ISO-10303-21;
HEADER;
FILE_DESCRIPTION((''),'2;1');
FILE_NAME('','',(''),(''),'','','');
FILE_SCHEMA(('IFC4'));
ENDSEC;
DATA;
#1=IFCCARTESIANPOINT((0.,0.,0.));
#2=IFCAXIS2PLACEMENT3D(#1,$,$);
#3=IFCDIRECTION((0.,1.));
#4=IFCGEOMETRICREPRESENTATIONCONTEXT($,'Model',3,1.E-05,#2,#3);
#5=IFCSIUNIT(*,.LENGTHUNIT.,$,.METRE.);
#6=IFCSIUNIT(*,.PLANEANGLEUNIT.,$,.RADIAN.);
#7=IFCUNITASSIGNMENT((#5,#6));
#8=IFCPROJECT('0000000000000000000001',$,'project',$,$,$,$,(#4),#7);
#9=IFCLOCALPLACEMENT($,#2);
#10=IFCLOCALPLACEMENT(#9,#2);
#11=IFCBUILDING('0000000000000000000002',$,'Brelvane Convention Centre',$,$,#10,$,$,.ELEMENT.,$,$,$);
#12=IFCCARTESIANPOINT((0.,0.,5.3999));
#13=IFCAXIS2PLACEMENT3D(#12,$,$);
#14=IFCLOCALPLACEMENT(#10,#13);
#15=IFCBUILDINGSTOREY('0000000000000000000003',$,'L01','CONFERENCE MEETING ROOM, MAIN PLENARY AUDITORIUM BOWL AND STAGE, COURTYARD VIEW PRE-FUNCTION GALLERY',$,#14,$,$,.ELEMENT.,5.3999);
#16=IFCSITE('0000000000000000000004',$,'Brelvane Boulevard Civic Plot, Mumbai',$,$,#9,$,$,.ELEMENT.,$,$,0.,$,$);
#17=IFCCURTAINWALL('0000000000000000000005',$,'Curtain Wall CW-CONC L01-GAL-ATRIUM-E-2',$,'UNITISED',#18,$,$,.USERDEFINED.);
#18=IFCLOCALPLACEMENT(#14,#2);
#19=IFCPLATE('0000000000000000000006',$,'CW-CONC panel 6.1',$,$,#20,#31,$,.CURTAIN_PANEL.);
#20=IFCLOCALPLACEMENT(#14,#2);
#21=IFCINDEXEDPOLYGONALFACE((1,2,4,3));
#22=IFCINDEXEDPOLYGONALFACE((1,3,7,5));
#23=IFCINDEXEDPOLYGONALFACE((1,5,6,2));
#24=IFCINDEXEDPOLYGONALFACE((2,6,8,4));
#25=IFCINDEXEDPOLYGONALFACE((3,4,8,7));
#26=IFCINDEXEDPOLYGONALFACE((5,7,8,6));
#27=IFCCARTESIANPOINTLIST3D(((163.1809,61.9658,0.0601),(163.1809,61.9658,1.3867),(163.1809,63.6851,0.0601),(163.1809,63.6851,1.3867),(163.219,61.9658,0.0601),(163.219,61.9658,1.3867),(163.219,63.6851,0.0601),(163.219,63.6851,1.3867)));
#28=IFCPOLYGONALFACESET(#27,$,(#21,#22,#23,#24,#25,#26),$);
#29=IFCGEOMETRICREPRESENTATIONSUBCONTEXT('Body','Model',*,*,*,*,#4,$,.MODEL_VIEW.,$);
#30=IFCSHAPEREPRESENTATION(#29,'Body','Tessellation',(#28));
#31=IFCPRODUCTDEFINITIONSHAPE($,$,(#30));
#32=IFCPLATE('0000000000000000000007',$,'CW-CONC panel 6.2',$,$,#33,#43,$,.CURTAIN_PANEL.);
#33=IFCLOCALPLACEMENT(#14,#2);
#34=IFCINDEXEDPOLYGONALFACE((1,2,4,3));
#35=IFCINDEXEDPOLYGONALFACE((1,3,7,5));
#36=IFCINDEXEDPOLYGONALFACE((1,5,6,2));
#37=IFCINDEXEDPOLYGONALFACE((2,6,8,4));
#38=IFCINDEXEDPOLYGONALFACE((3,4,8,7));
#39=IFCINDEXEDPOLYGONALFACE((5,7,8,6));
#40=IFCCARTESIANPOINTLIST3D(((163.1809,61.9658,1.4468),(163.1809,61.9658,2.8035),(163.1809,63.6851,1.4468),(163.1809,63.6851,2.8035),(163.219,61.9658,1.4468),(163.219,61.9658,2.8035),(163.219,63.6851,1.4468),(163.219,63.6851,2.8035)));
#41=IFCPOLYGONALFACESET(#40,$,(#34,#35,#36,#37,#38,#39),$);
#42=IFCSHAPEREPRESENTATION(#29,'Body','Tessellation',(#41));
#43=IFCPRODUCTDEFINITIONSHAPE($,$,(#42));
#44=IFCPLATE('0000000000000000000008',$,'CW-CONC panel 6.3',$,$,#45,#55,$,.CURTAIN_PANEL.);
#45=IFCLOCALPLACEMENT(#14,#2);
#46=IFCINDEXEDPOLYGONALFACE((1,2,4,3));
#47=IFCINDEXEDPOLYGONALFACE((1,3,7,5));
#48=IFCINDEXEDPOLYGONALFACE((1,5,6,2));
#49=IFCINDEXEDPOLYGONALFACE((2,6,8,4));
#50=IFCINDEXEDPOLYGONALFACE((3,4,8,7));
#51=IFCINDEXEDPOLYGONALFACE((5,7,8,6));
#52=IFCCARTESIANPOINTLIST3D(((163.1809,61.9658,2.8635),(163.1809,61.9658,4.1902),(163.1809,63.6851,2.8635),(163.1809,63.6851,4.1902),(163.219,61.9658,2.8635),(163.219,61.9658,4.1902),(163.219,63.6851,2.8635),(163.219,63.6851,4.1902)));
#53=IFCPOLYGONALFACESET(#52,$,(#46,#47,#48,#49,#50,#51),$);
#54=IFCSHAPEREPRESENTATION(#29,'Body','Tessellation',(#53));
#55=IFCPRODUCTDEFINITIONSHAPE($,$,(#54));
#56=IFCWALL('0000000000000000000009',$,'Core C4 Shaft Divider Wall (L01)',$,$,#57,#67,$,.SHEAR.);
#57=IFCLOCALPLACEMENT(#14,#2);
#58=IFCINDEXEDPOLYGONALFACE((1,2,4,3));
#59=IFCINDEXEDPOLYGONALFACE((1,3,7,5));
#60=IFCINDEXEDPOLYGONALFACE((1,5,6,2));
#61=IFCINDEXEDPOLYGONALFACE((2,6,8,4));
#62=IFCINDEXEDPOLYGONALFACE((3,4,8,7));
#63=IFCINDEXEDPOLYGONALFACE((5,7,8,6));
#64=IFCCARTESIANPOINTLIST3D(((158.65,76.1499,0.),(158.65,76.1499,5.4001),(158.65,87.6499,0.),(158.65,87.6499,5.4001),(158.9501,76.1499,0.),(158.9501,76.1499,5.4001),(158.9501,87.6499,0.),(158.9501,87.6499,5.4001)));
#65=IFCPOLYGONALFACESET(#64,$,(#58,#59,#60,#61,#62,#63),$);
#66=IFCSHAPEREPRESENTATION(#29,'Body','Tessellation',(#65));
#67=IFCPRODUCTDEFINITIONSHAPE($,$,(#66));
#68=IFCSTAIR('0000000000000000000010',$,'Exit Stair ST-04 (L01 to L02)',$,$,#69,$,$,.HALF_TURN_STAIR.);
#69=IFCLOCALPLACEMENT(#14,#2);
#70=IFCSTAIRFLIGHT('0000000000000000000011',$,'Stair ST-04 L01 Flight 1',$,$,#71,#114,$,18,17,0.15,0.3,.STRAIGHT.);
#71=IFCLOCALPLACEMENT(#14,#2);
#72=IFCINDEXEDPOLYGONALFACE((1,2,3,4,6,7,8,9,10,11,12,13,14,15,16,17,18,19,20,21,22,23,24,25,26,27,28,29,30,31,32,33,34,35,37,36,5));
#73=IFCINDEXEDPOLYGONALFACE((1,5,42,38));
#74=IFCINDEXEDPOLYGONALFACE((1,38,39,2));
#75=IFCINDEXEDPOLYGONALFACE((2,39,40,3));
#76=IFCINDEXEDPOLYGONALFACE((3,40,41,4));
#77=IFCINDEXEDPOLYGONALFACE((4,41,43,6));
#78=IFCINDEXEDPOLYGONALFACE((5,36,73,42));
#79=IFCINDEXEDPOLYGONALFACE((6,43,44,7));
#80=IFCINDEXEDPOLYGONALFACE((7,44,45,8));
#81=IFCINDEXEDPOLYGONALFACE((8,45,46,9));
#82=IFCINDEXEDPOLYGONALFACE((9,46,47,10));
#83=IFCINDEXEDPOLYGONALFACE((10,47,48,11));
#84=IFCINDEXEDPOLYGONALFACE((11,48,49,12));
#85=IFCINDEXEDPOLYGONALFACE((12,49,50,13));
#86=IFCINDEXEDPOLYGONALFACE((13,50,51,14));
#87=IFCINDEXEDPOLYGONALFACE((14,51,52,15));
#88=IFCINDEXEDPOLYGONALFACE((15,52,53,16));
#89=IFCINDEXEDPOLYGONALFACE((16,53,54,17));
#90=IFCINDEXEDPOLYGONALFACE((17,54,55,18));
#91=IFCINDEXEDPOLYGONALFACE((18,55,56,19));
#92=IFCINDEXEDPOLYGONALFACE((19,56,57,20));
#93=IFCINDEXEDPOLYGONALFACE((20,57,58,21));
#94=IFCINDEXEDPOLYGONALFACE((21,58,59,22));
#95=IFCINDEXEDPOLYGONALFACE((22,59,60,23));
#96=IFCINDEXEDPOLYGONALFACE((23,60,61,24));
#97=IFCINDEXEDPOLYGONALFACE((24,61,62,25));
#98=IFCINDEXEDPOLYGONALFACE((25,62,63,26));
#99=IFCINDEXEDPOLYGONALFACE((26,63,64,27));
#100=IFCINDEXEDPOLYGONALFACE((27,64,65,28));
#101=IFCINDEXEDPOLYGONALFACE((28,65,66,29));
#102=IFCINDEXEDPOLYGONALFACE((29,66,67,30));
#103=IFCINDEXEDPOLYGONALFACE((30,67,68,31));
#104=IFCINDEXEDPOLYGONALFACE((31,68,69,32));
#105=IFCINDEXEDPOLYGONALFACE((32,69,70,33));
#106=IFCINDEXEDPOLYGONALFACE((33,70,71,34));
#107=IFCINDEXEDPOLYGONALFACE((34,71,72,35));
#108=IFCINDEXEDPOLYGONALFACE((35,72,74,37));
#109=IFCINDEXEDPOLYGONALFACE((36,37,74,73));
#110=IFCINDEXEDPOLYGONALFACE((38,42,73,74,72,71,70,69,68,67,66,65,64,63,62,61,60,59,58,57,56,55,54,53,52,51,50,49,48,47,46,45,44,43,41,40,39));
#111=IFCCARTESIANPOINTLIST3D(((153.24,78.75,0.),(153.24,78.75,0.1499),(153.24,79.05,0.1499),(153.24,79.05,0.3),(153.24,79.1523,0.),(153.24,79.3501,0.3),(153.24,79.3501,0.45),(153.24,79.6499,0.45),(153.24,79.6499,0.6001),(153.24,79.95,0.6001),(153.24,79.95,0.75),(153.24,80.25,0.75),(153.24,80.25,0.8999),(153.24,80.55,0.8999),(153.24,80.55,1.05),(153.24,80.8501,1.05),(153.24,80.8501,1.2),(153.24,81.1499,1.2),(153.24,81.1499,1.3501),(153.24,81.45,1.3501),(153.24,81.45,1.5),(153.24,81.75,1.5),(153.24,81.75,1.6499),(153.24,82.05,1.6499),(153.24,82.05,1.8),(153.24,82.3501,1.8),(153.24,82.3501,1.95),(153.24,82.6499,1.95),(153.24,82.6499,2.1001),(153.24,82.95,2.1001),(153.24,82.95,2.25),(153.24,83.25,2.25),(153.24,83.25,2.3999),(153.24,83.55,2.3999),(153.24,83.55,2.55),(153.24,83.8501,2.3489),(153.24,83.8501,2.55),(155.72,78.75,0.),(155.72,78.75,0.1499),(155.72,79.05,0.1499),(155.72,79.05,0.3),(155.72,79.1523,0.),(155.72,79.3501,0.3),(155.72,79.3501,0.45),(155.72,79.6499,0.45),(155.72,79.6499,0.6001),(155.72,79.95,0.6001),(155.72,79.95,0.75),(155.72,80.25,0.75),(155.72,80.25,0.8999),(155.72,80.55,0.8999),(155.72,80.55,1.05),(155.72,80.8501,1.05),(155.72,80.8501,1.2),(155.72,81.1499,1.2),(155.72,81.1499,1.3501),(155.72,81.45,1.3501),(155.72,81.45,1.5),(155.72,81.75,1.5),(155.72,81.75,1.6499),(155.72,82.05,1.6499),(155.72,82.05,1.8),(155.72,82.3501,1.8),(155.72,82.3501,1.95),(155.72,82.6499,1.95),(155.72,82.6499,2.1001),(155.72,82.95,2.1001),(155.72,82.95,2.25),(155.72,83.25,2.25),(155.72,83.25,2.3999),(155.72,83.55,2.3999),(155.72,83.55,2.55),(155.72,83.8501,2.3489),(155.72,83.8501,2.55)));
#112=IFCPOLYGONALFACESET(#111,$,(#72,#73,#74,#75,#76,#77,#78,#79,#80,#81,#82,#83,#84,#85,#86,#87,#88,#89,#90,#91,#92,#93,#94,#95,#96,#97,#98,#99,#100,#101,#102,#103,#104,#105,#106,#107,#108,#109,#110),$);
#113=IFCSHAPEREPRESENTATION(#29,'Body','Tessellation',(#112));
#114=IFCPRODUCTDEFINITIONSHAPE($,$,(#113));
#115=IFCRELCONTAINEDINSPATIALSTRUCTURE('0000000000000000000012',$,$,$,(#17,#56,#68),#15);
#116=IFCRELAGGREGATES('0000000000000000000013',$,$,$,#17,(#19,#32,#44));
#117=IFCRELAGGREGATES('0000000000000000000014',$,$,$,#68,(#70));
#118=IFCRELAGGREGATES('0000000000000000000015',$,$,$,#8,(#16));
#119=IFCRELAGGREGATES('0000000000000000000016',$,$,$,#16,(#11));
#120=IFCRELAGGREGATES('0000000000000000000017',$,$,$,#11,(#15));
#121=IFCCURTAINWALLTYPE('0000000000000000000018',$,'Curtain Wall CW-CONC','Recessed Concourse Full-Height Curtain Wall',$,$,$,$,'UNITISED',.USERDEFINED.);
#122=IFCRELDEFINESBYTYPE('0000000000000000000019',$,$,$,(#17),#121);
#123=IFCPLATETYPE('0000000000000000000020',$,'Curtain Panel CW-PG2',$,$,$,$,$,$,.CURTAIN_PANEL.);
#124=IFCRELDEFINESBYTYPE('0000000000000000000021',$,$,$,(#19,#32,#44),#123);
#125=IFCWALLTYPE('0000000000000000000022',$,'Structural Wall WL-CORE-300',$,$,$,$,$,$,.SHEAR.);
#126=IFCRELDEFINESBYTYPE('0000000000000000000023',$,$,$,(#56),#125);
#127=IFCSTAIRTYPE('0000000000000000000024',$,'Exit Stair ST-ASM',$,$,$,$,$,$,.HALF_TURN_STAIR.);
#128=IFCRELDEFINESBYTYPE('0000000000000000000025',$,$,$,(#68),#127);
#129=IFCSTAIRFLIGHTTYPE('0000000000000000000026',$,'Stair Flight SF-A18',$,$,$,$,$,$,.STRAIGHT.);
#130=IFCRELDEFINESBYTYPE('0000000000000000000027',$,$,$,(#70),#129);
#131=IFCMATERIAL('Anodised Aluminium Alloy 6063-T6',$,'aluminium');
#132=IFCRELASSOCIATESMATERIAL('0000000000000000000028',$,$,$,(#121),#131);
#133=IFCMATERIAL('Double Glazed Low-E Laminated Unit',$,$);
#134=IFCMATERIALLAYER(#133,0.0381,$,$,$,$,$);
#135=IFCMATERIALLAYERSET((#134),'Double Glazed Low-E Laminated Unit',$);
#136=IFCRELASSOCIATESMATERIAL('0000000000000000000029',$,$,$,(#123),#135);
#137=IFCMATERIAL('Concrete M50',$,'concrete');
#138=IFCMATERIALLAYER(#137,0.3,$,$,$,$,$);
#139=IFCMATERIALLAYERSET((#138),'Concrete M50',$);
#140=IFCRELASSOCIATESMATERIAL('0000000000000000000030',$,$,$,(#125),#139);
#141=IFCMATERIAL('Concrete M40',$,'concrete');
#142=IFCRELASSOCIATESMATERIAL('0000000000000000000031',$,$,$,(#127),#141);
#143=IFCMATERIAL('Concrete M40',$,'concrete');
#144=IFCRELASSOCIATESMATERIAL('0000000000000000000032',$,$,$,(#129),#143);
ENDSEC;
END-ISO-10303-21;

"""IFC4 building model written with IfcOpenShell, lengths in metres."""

from ifc_helpers import new_model, si_unit, direction, frame, frame_2d, origin, origin_2d, place, context, subcontext, project, spatial, polyline, rectangle, outline, extrude, material, layer, layer_set, type_object, element, aggregate, save


model = new_model("IFC4")

# Units and contexts
model_context = context("Model", 3, precision=1e-05, world=origin(), true_north=direction((0.0, 1.0)))
body_context = subcontext(model_context, "Body", "Model", "MODEL_VIEW")
ifc_project = project(units=[si_unit("LENGTHUNIT", "METRE"), si_unit("PLANEANGLEUNIT", "RADIAN")], contexts=[model_context])

# Site, building, storey
site_placement = place(None, origin())
site = spatial("IfcSite", under=ifc_project, at=site_placement, Name="Brelvane Boulevard Civic Plot, Mumbai", CompositionType="ELEMENT", RefElevation=0.0)
building_placement = place(site_placement, origin())
building = spatial("IfcBuilding", under=site, at=building_placement, Name="Brelvane Convention Centre", CompositionType="ELEMENT")
storey_placement = place(building_placement, frame((0.0, 0.0, 5.3999)))
storey = spatial("IfcBuildingStorey", under=building, at=storey_placement, Name="L01", Description="CONFERENCE MEETING ROOM, MAIN PLENARY AUDITORIUM BOWL AND STAGE, COURTYARD VIEW PRE-FUNCTION GALLERY", CompositionType="ELEMENT", Elevation=5.3999)

# Curtain wall
ifc_material_1 = material(Name="Anodised Aluminium Alloy 6063-T6", Category="aluminium")
curtain_wall_type = type_object("IfcCurtainWallType", Name="Curtain Wall CW-CONC", Description="Recessed Concourse Full-Height Curtain Wall", ElementType="UNITISED", PredefinedType="USERDEFINED", material=ifc_material_1)
curtain_wall_1_placement = place(storey_placement, origin())
curtain_wall_1 = element("IfcCurtainWall", 1, at=curtain_wall_1_placement, inside=storey, type_object=curtain_wall_type, Name="Curtain Wall CW-CONC L01-GAL-ATRIUM-E-2", ObjectType="UNITISED", PredefinedType="USERDEFINED")

# Plates
ifc_material_2 = material(Name="Double Glazed Low-E Laminated Unit")
ifc_layer_1 = layer(ifc_material_2, 0.0381)
ifc_layer_set_1 = layer_set([ifc_layer_1], Name="Double Glazed Low-E Laminated Unit")
plate_type = type_object("IfcPlateType", Name="Curtain Panel CW-PG2", PredefinedType="CURTAIN_PANEL", material=ifc_layer_set_1)
plate_1_placement = place(storey_placement, frame((163.2, 62.8254, 0.0601), z_axis=(0.0, 0.0, 1.0), x_axis=(0.0, 1.0, 0.0)))
plate_1 = element("IfcPlate", 2, at=plate_1_placement, type_object=plate_type, Name="CW-CONC panel 6.1", PredefinedType="CURTAIN_PANEL", context=body_context, shape_type="SweptSolid", body=[
    extrude(rectangle(XDim=1.7192, YDim=0.0381, at=origin_2d()), origin(), (0.0, 0.0, 1.0), 1.3267),
])
plate_2_placement = place(storey_placement, frame((163.2, 62.8254, 1.4468), z_axis=(0.0, 0.0, 1.0), x_axis=(0.0, 1.0, 0.0)))
plate_2 = element("IfcPlate", 3, at=plate_2_placement, type_object=plate_type, Name="CW-CONC panel 6.2", PredefinedType="CURTAIN_PANEL", context=body_context, shape_type="SweptSolid", body=[
    extrude(rectangle(XDim=1.7192, YDim=0.0381, at=origin_2d()), origin(), (0.0, 0.0, 1.0), 1.3567),
])
plate_3_placement = place(storey_placement, frame((163.2, 62.8254, 2.8635), z_axis=(0.0, 0.0, 1.0), x_axis=(0.0, 1.0, 0.0)))
plate_3 = element("IfcPlate", 4, at=plate_3_placement, type_object=plate_type, Name="CW-CONC panel 6.3", PredefinedType="CURTAIN_PANEL", context=body_context, shape_type="SweptSolid", body=[
    extrude(rectangle(XDim=1.7192, YDim=0.0381, at=origin_2d()), origin(), (0.0, 0.0, 1.0), 1.3267),
])
aggregate(curtain_wall_1, [plate_1, plate_2, plate_3])

# Wall
ifc_material_3 = material(Name="Concrete M50", Category="concrete")
ifc_layer_2 = layer(ifc_material_3, 0.3)
ifc_layer_set_2 = layer_set([ifc_layer_2], Name="Concrete M50")
wall_type = type_object("IfcWallType", Name="Structural Wall WL-CORE-300", PredefinedType="SHEAR", material=ifc_layer_set_2)
wall_placement = place(storey_placement, frame((158.8, 76.1499, 0.0), z_axis=(0.0, 0.0, 1.0), x_axis=(0.0, 1.0, 0.0)))
element("IfcWall", 5, at=wall_placement, inside=storey, type_object=wall_type, Name="Core C4 Shaft Divider Wall (L01)", PredefinedType="SHEAR", context=body_context, shape_type="SweptSolid", body=[
    extrude(rectangle(XDim=11.5, YDim=0.3, at=frame_2d((5.75, 0.0))), origin(), (0.0, 0.0, 1.0), 5.4001),
])

# Stair, stair flight
ifc_material_4 = material(Name="Concrete M40", Category="concrete")
stair_type = type_object("IfcStairType", Name="Exit Stair ST-ASM", PredefinedType="HALF_TURN_STAIR", material=ifc_material_4)
stair_placement = place(storey_placement, origin())
stair = element("IfcStair", 6, at=stair_placement, inside=storey, type_object=stair_type, Name="Exit Stair ST-04 (L01 to L02)", PredefinedType="HALF_TURN_STAIR")
ifc_material_5 = material(Name="Concrete M40", Category="concrete")
stair_flight_type = type_object("IfcStairFlightType", Name="Stair Flight SF-A18", PredefinedType="STRAIGHT", material=ifc_material_5)
stair_flight_placement = place(storey_placement, frame((154.48, 78.75, 0.0), z_axis=(0.0, 0.0, 1.0), x_axis=(0.0, 1.0, 0.0)))
stair_flight = element("IfcStairFlight", 7, at=stair_flight_placement, type_object=stair_flight_type, Name="Stair ST-04 L01 Flight 1", NumberOfRisers=18, NumberOfTreads=17, PredefinedType="STRAIGHT", RiserHeight=0.15, TreadLength=0.3, context=body_context, shape_type="SweptSolid", body=[
    extrude(outline(polyline([(0.0, 0.0), (0.0, 0.1499), (0.3, 0.1499), (0.3, 0.3), (0.6001, 0.3), (0.6001, 0.45), (0.8999, 0.45), (0.8999, 0.6001), (1.2, 0.6001), (1.2, 0.75), (1.5, 0.75), (1.5, 0.8999), (1.8, 0.8999), (1.8, 1.05), (2.1001, 1.05), (2.1001, 1.2), (2.3999, 1.2), (2.3999, 1.3501), (2.7, 1.3501), (2.7, 1.5), (3.0, 1.5), (3.0, 1.6499), (3.3, 1.6499), (3.3, 1.8), (3.6001, 1.8), (3.6001, 1.95), (3.8999, 1.95), (3.8999, 2.1001), (4.2, 2.1001), (4.2, 2.25), (4.5, 2.25), (4.5, 2.3999), (4.8, 2.3999), (4.8, 2.55), (5.1001, 2.55), (5.1001, 2.7), (5.1001, 2.3489), (0.4023, 0.0), (0.0, 0.0)])), frame((0.0, 1.24, 0.0), z_axis=(0.0, -1.0, 0.0), x_axis=(1.0, 0.0, 0.0)), (0.0, 0.0, 1.0), 2.48),
])
aggregate(stair, [stair_flight])

save(model, "model.ifc")
